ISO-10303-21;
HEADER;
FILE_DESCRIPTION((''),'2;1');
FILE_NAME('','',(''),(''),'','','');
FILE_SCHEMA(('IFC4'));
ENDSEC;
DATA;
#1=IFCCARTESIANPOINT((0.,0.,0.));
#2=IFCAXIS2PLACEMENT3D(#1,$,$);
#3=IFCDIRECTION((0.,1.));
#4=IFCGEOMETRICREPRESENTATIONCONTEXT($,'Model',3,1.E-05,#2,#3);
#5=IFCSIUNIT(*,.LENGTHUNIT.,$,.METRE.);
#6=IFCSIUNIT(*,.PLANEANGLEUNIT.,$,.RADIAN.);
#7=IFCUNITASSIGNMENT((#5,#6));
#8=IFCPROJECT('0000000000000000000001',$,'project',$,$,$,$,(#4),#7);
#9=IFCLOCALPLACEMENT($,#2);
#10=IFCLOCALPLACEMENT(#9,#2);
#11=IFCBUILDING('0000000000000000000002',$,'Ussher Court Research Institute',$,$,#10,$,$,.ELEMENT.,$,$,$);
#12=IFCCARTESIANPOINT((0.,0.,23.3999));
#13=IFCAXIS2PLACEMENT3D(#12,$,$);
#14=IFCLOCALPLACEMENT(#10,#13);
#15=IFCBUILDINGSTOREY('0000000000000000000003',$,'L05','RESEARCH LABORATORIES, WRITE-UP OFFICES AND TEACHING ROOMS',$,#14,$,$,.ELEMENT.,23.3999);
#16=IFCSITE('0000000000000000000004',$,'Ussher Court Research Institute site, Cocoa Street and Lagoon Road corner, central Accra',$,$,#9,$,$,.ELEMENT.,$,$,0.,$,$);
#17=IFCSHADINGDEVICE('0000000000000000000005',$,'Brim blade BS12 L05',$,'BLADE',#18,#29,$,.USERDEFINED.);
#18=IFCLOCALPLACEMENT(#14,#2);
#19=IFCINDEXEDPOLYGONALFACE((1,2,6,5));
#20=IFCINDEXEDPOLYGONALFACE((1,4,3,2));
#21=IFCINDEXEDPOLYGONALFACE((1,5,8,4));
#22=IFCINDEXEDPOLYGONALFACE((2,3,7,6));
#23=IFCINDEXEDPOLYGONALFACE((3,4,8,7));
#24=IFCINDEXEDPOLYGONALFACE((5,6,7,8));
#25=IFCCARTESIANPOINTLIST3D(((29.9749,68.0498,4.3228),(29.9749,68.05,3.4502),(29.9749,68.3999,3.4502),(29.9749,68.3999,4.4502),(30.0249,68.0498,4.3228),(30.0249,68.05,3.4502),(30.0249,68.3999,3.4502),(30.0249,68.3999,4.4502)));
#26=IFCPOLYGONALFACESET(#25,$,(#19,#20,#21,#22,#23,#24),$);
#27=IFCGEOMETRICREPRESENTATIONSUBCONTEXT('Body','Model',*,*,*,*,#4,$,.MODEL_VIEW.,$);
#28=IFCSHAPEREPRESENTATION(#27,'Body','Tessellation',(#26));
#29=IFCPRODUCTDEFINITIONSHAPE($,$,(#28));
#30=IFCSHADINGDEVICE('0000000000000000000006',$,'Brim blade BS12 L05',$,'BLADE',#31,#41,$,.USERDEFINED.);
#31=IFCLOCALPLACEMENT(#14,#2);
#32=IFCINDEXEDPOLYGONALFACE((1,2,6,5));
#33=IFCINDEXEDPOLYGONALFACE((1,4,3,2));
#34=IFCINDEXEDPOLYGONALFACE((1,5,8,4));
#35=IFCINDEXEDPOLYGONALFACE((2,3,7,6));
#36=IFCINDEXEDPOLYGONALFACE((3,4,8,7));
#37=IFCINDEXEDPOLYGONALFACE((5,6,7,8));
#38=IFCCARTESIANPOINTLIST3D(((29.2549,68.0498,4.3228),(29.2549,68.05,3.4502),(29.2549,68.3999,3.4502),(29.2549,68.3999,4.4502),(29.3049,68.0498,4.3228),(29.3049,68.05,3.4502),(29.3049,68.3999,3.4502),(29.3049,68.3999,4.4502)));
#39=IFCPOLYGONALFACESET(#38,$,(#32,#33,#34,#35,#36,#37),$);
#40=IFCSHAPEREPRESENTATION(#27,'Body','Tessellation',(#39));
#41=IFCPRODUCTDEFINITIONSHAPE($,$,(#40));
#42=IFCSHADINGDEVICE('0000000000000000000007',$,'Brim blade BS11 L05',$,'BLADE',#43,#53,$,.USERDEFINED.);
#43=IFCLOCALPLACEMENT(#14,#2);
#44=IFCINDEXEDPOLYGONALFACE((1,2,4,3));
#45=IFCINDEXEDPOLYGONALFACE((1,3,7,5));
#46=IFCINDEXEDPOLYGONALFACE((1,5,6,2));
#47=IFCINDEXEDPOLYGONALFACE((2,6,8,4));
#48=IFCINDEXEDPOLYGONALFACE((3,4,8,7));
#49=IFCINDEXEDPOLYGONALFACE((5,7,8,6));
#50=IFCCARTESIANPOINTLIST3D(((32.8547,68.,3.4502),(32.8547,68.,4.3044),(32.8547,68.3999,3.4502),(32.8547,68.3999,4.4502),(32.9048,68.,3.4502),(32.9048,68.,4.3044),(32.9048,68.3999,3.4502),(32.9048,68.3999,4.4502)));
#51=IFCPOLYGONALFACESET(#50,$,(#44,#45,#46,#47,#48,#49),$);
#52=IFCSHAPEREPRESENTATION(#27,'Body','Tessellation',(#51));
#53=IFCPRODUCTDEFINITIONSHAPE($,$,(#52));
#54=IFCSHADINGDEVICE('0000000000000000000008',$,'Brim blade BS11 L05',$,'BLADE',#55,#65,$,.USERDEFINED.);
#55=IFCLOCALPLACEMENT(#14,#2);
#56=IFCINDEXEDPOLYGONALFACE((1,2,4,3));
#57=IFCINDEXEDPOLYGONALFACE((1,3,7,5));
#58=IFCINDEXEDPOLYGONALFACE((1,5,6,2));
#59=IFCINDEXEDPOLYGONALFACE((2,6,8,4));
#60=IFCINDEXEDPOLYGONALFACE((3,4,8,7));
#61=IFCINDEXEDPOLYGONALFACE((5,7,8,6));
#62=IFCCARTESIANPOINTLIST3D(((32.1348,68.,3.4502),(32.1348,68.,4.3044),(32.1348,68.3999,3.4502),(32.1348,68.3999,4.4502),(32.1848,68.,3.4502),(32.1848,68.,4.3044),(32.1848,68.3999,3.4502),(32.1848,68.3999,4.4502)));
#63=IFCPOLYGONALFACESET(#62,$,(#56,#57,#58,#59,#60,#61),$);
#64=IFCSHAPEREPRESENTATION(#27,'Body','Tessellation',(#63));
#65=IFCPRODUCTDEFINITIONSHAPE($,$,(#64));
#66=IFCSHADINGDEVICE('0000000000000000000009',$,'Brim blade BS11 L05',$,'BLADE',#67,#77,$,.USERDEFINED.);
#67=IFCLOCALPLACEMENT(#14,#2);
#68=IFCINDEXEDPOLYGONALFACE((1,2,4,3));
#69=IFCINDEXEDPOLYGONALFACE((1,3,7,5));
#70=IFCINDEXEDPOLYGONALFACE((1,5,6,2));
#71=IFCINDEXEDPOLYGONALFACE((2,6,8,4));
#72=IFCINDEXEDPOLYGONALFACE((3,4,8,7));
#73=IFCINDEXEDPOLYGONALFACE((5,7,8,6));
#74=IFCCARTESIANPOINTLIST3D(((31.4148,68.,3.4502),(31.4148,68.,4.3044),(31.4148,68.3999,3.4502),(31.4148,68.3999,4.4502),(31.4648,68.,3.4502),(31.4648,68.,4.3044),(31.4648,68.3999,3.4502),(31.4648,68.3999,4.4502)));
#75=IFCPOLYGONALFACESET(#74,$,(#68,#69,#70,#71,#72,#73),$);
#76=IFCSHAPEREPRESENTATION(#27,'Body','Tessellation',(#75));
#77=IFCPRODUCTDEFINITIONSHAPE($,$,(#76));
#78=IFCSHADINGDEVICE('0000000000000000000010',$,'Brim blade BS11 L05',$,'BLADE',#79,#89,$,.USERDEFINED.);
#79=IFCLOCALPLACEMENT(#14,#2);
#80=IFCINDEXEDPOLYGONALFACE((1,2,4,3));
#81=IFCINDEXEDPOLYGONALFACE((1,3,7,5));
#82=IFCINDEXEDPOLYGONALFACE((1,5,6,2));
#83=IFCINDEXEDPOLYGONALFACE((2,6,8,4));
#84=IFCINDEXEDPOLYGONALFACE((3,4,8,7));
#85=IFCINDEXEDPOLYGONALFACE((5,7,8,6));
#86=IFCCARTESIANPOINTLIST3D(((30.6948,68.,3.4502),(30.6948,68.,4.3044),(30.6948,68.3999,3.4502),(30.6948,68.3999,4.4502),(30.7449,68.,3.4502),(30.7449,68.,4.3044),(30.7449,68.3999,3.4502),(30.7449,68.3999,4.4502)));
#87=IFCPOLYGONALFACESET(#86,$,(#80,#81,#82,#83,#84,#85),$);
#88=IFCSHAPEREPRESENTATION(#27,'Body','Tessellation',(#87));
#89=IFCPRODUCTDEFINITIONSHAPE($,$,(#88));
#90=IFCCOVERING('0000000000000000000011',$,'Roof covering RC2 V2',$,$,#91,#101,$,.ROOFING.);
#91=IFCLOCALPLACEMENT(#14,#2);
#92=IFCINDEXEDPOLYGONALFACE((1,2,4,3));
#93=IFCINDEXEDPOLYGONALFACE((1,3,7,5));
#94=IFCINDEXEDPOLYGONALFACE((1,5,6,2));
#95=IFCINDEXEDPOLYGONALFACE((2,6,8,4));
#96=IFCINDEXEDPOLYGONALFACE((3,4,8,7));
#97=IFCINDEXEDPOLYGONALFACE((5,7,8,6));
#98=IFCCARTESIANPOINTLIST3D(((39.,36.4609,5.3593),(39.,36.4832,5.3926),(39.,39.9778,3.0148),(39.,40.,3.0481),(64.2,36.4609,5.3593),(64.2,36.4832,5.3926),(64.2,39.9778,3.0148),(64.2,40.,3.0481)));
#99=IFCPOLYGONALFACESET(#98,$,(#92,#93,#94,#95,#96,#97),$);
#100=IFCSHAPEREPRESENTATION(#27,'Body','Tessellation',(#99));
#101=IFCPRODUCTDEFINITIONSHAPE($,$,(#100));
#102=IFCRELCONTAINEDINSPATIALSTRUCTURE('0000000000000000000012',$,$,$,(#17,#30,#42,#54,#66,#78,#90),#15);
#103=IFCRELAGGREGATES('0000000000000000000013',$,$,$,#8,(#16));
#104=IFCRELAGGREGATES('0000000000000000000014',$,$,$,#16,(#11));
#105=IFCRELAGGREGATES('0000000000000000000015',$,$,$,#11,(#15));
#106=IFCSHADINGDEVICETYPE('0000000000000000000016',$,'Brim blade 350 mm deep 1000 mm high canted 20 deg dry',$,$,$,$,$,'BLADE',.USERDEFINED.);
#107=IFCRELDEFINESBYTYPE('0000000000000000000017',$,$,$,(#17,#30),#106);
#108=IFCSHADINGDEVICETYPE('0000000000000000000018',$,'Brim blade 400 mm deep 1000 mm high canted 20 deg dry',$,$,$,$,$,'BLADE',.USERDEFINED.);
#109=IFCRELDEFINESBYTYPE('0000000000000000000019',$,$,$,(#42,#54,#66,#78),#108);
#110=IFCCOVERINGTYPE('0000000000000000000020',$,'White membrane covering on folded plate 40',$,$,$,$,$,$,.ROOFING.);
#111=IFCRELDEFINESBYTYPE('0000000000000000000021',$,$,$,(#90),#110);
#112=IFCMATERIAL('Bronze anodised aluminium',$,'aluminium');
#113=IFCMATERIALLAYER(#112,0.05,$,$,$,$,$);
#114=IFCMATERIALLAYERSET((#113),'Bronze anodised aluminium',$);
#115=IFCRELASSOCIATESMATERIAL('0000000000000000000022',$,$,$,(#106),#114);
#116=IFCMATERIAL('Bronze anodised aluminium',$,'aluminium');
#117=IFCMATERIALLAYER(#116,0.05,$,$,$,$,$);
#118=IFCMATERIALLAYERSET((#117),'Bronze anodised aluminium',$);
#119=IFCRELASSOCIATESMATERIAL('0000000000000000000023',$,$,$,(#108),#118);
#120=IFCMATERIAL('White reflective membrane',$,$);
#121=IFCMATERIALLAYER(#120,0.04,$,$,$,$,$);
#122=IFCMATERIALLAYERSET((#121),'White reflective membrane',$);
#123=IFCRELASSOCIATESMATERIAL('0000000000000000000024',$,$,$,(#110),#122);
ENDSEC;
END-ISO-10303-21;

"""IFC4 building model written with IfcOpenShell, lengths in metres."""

from ifc_helpers import new_model, si_unit, direction, frame, origin, place, context, subcontext, project, spatial, polyline, outline, extrude, material, layer, layer_set, type_object, element, save


model = new_model("IFC4")

# Units and contexts
model_context = context("Model", 3, precision=1e-05, world=origin(), true_north=direction((0.0, 1.0)))
body_context = subcontext(model_context, "Body", "Model", "MODEL_VIEW")
ifc_project = project(units=[si_unit("LENGTHUNIT", "METRE"), si_unit("PLANEANGLEUNIT", "RADIAN")], contexts=[model_context])

# Site, building, storey
site_placement = place(None, origin())
site = spatial("IfcSite", under=ifc_project, at=site_placement, Name="Ussher Court Research Institute site, Cocoa Street and Lagoon Road corner, central Accra", CompositionType="ELEMENT", RefElevation=0.0)
building_placement = place(site_placement, origin())
building = spatial("IfcBuilding", under=site, at=building_placement, Name="Ussher Court Research Institute", CompositionType="ELEMENT")
storey_placement = place(building_placement, frame((0.0, 0.0, 23.3999)))
storey = spatial("IfcBuildingStorey", under=building, at=storey_placement, Name="L05", Description="RESEARCH LABORATORIES, WRITE-UP OFFICES AND TEACHING ROOMS", CompositionType="ELEMENT", Elevation=23.3999)

# Shading devices
ifc_material_1 = material(Name="Bronze anodised aluminium", Category="aluminium")
ifc_layer_1 = layer(ifc_material_1, 0.05)
ifc_layer_set_1 = layer_set([ifc_layer_1], Name="Bronze anodised aluminium")
shading_device_type_1 = type_object("IfcShadingDeviceType", Name="Brim blade 350 mm deep 1000 mm high canted 20 deg dry", ElementType="BLADE", PredefinedType="USERDEFINED", material=ifc_layer_set_1)
for number, where, z_axis, x_axis, name in (
    (1, (30.0, 68.3999, 3.4502), (0.0, 0.0, 1.0), (0.0, -1.0, 0.0), "Brim blade BS12 L05"),
    (2, (29.28, 68.3999, 3.4502), (0.0, 0.0, 1.0), (0.0, -1.0, 0.0), "Brim blade BS12 L05"),
):
    element("IfcShadingDevice", number, at=place(storey_placement, frame(where, z_axis=z_axis, x_axis=x_axis)), inside=storey, type_object=shading_device_type_1, Name=name, ObjectType="BLADE", PredefinedType="USERDEFINED", context=body_context, shape_type="SweptSolid", body=[
        extrude(outline(polyline([(0.0, 0.0), (0.3499, 0.0), (0.3501, 0.8726), (0.0, 1.0), (0.0, 0.0)])), frame((0.0, 0.0249, 0.0), z_axis=(0.0, -1.0, 0.0), x_axis=(1.0, 0.0, 0.0)), (0.0, 0.0, 1.0), 0.05),
    ])
ifc_material_2 = material(Name="Bronze anodised aluminium", Category="aluminium")
ifc_layer_2 = layer(ifc_material_2, 0.05)
ifc_layer_set_2 = layer_set([ifc_layer_2], Name="Bronze anodised aluminium")
shading_device_type_2 = type_object("IfcShadingDeviceType", Name="Brim blade 400 mm deep 1000 mm high canted 20 deg dry", ElementType="BLADE", PredefinedType="USERDEFINED", material=ifc_layer_set_2)
for number, where, z_axis, x_axis, name in (
    (3, (32.8799, 68.3999, 3.4502), (0.0, 0.0, 1.0), (0.0, -1.0, 0.0), "Brim blade BS11 L05"),
    (4, (32.1599, 68.3999, 3.4502), (0.0, 0.0, 1.0), (0.0, -1.0, 0.0), "Brim blade BS11 L05"),
    (5, (31.4399, 68.3999, 3.4502), (0.0, 0.0, 1.0), (0.0, -1.0, 0.0), "Brim blade BS11 L05"),
    (6, (30.72, 68.3999, 3.4502), (0.0, 0.0, 1.0), (0.0, -1.0, 0.0), "Brim blade BS11 L05"),
):
    element("IfcShadingDevice", number, at=place(storey_placement, frame(where, z_axis=z_axis, x_axis=x_axis)), inside=storey, type_object=shading_device_type_2, Name=name, ObjectType="BLADE", PredefinedType="USERDEFINED", context=body_context, shape_type="SweptSolid", body=[
        extrude(outline(polyline([(0.0, 0.0), (0.3999, 0.0), (0.3999, 0.8542), (0.0, 1.0), (0.0, 0.0)])), frame((0.0, 0.0249, 0.0), z_axis=(0.0, -1.0, 0.0), x_axis=(1.0, 0.0, 0.0)), (0.0, 0.0, 1.0), 0.05),
    ])

# Covering
ifc_material_3 = material(Name="White reflective membrane")
ifc_layer_3 = layer(ifc_material_3, 0.04)
ifc_layer_set_3 = layer_set([ifc_layer_3], Name="White reflective membrane")
covering_type = type_object("IfcCoveringType", Name="White membrane covering on folded plate 40", PredefinedType="ROOFING", material=ifc_layer_set_3)
covering_placement = place(storey_placement, frame((39.0, 40.0, 3.0481), z_axis=(0.0, 0.554687, 0.832059), x_axis=(1.0, 0.0, 0.0)))
element("IfcCovering", 7, at=covering_placement, inside=storey, type_object=covering_type, Name="Roof covering RC2 V2", PredefinedType="ROOFING", context=body_context, shape_type="SweptSolid", body=[
    extrude(outline(polyline([(0.0, 0.0), (25.2, 0.0), (25.2, -4.2267), (0.0, -4.2267), (0.0, 0.0)])), origin(), (0.0, 0.0, -1.0), 0.04),
])

save(model, "model.ifc")
